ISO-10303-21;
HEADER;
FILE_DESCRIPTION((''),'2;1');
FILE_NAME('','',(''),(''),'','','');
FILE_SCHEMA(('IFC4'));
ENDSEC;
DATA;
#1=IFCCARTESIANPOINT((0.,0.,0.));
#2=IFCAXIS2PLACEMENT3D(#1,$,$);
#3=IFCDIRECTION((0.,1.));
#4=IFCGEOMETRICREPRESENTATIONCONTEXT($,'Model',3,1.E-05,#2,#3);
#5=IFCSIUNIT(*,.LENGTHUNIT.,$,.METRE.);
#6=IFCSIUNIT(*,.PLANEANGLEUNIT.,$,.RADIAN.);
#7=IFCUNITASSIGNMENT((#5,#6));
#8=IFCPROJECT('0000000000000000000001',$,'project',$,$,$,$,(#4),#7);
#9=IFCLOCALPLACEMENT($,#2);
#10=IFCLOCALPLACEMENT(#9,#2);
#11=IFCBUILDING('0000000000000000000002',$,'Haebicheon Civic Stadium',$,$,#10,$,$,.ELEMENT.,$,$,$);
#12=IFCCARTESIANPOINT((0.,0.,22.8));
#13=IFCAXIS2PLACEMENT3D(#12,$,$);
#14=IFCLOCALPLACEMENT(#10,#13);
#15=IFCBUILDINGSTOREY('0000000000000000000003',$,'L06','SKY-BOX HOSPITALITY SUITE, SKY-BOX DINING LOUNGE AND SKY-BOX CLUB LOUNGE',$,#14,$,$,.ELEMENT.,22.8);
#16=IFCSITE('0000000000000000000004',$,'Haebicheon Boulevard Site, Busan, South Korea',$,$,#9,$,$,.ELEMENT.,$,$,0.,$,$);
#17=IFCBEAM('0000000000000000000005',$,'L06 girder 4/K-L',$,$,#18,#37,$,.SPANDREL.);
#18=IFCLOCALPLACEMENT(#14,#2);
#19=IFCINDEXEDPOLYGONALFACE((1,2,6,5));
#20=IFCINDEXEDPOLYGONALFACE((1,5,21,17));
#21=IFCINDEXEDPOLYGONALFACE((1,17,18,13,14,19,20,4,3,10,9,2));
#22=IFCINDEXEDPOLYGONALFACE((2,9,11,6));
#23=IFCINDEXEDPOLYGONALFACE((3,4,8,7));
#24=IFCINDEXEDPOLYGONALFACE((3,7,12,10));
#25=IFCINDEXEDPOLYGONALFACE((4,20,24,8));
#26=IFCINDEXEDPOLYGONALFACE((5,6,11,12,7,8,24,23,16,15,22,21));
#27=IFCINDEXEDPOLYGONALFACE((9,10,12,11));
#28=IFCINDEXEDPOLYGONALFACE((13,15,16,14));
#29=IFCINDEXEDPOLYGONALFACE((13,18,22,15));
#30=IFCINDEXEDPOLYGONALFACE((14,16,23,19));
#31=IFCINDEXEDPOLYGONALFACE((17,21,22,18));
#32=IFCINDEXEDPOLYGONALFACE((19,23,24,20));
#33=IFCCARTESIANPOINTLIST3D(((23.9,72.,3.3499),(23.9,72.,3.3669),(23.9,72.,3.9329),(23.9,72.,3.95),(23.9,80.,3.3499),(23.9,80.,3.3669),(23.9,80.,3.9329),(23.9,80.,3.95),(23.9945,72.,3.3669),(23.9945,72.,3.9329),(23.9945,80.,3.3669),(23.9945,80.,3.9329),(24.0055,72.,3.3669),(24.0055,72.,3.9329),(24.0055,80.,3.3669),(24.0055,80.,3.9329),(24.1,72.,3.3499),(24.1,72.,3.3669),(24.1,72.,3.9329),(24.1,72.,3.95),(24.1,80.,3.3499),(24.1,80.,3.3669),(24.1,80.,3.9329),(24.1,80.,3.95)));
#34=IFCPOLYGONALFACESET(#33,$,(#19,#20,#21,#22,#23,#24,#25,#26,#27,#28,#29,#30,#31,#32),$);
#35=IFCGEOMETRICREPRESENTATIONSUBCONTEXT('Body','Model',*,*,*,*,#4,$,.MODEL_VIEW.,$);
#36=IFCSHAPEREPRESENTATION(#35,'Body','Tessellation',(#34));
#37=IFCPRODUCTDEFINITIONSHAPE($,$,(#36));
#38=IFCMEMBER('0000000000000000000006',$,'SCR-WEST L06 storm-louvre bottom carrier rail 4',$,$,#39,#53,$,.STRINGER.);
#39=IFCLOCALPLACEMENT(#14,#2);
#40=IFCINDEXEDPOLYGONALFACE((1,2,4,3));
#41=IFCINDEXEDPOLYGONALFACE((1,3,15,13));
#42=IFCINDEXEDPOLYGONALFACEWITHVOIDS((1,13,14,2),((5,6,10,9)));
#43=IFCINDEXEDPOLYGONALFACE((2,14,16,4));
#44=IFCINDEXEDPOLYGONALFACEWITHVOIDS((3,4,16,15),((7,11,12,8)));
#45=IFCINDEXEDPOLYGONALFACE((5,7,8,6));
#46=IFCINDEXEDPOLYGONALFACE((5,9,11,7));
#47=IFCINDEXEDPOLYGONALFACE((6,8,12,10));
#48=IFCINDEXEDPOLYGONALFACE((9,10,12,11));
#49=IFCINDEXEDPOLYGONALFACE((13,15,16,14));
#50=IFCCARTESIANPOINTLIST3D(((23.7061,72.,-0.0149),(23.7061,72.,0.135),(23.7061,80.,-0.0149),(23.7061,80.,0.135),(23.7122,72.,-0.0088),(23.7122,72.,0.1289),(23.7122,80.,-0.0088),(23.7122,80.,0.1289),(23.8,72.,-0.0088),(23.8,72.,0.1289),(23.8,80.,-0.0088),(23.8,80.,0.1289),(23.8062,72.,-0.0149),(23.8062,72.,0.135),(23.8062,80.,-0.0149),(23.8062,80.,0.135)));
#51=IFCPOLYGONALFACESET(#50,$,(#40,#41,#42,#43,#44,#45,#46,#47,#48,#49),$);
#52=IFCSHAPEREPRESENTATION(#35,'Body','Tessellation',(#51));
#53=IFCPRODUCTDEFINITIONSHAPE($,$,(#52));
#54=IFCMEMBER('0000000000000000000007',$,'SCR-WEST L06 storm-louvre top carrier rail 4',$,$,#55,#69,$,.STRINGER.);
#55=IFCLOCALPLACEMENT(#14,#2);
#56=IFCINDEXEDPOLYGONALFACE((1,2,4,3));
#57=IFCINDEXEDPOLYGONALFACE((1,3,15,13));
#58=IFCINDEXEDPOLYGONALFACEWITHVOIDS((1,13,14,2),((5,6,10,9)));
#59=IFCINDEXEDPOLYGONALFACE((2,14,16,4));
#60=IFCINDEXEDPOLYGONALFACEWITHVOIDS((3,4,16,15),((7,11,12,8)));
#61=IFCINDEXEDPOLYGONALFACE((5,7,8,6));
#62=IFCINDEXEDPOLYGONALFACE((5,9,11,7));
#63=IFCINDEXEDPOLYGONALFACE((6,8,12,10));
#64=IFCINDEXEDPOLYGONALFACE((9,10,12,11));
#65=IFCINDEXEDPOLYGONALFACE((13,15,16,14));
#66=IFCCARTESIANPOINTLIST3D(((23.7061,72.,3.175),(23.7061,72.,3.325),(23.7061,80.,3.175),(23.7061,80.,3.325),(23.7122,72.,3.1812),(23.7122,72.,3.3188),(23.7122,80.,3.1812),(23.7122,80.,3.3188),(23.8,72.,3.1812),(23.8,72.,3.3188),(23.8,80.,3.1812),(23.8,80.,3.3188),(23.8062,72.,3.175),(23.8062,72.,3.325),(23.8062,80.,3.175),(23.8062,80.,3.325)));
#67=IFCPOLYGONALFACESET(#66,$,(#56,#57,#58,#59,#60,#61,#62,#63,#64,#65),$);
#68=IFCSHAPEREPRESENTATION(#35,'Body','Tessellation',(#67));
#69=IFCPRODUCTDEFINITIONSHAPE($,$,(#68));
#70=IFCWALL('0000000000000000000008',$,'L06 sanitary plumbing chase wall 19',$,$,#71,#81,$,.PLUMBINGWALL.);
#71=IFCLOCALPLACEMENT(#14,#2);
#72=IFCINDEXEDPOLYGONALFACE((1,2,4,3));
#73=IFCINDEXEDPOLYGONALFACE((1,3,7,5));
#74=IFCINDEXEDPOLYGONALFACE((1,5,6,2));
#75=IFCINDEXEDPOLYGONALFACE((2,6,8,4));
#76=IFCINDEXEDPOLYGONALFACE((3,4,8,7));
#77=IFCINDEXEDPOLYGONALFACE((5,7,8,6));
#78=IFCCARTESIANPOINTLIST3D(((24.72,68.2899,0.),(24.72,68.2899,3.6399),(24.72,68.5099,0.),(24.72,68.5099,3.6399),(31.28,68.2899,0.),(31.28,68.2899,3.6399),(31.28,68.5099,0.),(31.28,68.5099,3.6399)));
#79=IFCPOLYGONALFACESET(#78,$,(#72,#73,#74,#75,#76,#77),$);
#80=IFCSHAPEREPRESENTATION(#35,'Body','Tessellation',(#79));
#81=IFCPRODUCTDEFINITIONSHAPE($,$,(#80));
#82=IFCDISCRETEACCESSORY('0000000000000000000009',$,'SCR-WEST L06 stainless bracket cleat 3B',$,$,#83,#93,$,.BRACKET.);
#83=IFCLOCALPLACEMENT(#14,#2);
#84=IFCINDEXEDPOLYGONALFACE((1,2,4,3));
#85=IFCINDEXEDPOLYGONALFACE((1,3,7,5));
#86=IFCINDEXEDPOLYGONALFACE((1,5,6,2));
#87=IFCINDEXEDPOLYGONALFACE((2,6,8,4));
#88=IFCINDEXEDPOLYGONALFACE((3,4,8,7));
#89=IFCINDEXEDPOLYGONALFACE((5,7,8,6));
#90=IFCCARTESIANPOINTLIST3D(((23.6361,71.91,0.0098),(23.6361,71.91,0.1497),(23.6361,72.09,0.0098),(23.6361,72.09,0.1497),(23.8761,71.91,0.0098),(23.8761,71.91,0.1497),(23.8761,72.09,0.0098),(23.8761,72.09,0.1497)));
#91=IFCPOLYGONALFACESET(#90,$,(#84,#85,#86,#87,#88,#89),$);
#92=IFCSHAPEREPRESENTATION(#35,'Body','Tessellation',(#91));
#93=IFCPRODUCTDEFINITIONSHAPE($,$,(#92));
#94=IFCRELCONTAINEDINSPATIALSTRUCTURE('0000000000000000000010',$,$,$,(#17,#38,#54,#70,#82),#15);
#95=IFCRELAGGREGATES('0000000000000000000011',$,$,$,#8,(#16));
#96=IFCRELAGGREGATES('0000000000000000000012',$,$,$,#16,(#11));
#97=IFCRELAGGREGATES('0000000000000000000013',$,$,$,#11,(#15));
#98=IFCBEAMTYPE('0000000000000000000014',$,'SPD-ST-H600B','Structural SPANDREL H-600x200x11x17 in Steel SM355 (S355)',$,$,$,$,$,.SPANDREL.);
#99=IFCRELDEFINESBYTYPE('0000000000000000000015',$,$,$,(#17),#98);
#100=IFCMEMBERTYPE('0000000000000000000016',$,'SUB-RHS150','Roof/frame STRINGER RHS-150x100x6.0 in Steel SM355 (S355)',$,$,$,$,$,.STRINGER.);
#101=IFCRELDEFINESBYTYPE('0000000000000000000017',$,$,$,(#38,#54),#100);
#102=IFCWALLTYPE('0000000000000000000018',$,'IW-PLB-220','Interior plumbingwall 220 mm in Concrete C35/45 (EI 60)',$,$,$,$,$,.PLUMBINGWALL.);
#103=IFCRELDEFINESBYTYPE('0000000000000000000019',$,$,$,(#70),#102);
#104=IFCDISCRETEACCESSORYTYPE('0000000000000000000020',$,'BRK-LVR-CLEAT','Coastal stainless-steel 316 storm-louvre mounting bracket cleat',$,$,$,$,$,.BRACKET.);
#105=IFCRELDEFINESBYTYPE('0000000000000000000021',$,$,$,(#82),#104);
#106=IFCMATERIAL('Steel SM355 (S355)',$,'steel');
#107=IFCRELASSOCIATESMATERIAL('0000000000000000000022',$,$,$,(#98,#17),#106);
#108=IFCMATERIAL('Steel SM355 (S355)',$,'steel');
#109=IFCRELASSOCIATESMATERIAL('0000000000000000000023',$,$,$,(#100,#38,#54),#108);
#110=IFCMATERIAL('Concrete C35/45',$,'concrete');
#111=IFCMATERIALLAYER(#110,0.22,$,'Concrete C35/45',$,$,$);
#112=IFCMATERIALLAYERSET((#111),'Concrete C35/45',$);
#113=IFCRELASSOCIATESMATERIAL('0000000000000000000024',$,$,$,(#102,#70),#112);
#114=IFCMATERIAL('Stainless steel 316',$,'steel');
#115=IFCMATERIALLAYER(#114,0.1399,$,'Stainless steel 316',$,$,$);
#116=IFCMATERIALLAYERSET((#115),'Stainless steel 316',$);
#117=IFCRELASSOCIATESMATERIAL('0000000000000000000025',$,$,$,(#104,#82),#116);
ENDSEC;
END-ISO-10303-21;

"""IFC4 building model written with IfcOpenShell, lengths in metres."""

from ifc_helpers import new_model, si_unit, direction, frame, frame_2d, origin, origin_2d, place, context, subcontext, project, spatial, rectangle, hollow_rectangle, i_section, extrude, material, layer, layer_set, material_profile, profile_set, type_object, element, save


model = new_model("IFC4")

# Units and contexts
model_context = context("Model", 3, precision=1e-05, world=origin(), true_north=direction((0.0, 1.0)))
body_context = subcontext(model_context, "Body", "Model", "MODEL_VIEW")
ifc_project = project(units=[si_unit("LENGTHUNIT", "METRE"), si_unit("PLANEANGLEUNIT", "RADIAN")], contexts=[model_context])

# Site, building, storey
site_placement = place(None, origin())
site = spatial("IfcSite", under=ifc_project, at=site_placement, Name="Haebicheon Boulevard Site, Busan, South Korea", CompositionType="ELEMENT", RefElevation=0.0)
building_placement = place(site_placement, origin())
building = spatial("IfcBuilding", under=site, at=building_placement, Name="Haebicheon Civic Stadium", CompositionType="ELEMENT")
storey_placement = place(building_placement, frame((0.0, 0.0, 22.8)))
storey = spatial("IfcBuildingStorey", under=building, at=storey_placement, Name="L06", Description="SKY-BOX HOSPITALITY SUITE, SKY-BOX DINING LOUNGE AND SKY-BOX CLUB LOUNGE", CompositionType="ELEMENT", Elevation=22.8)

# Beam
ifc_material_1 = material(Name="Steel SM355 (S355)", Category="steel")
ifc_material_profile_1 = material_profile(ifc_material_1, i_section(OverallWidth=0.2, OverallDepth=0.6001, WebThickness=0.011, FlangeThickness=0.0171, at=origin_2d()), Name="H-600x200x11x17")
ifc_profile_set_1 = profile_set([ifc_material_profile_1], Name="Steel SM355 (S355)")
beam_type_1 = type_object("IfcBeamType", Name="SPD-ST-H600B", Description="Structural SPANDREL H-600x200x11x17 in Steel SM355 (S355)", PredefinedType="SPANDREL", material=ifc_profile_set_1)
beam_1_placement = place(storey_placement, frame((24.0, 72.0, 3.6499), z_axis=(0.0, 1.0, 0.0), x_axis=(-1.0, 0.0, 0.0)))
element("IfcBeam", 1, at=beam_1_placement, inside=storey, type_object=beam_type_1, material=ifc_profile_set_1, Name="L06 girder 4/K-L", PredefinedType="SPANDREL", context=body_context, shape_type="SweptSolid", body=[
    extrude(i_section(OverallWidth=0.2, OverallDepth=0.6001, WebThickness=0.011, FlangeThickness=0.0171, at=origin_2d()), origin(), (0.0, 0.0, 1.0), 8.0),
])

# Members
ifc_material_2 = material(Name="Steel SM355 (S355)", Category="steel")
ifc_material_profile_2 = material_profile(ifc_material_2, hollow_rectangle(XDim=0.1001, YDim=0.1499, WallThickness=0.0061, at=origin_2d()), Name="RHS-150x100x6.0")
ifc_profile_set_2 = profile_set([ifc_material_profile_2], Name="Steel SM355 (S355)")
member_type_1 = type_object("IfcMemberType", Name="SUB-RHS150", Description="Roof/frame STRINGER RHS-150x100x6.0 in Steel SM355 (S355)", PredefinedType="STRINGER", material=ifc_profile_set_2)
for number, where, z_axis, x_axis, name in (
    (2, (23.7561, 72.0, 0.0601), (0.0, 1.0, 0.0), (-1.0, 0.0, 0.0), "SCR-WEST L06 storm-louvre bottom carrier rail 4"),
    (3, (23.7561, 72.0, 3.25), (0.0, 1.0, 0.0), (-1.0, 0.0, 0.0), "SCR-WEST L06 storm-louvre top carrier rail 4"),
):
    element("IfcMember", number, at=place(storey_placement, frame(where, z_axis=z_axis, x_axis=x_axis)), inside=storey, type_object=member_type_1, material=ifc_profile_set_2, Name=name, PredefinedType="STRINGER", context=body_context, shape_type="SweptSolid", body=[
        extrude(hollow_rectangle(XDim=0.1001, YDim=0.1499, WallThickness=0.0061, at=origin_2d()), origin(), (0.0, 0.0, 1.0), 8.0),
    ])

# Wall
ifc_material_3 = material(Name="Concrete C35/45", Category="concrete")
ifc_layer_1 = layer(ifc_material_3, 0.22, Name="Concrete C35/45")
ifc_layer_set_1 = layer_set([ifc_layer_1], Name="Concrete C35/45")
wall_type = type_object("IfcWallType", Name="IW-PLB-220", Description="Interior plumbingwall 220 mm in Concrete C35/45 (EI 60)", PredefinedType="PLUMBINGWALL", material=ifc_layer_set_1)
wall_placement = place(storey_placement, frame((24.72, 68.3999, 0.0), z_axis=(0.0, 0.0, 1.0), x_axis=(1.0, 0.0, 0.0)))
element("IfcWall", 4, at=wall_placement, inside=storey, type_object=wall_type, material=ifc_layer_set_1, Name="L06 sanitary plumbing chase wall 19", PredefinedType="PLUMBINGWALL", context=body_context, shape_type="SweptSolid", body=[
    extrude(rectangle(XDim=6.5601, YDim=0.22, at=frame_2d((3.28, 0.0))), origin(), (0.0, 0.0, 1.0), 3.6399),
])

# Discrete accessory
ifc_material_4 = material(Name="Stainless steel 316", Category="steel")
ifc_layer_2 = layer(ifc_material_4, 0.1399, Name="Stainless steel 316")
ifc_layer_set_2 = layer_set([ifc_layer_2], Name="Stainless steel 316")
discrete_accessory_type = type_object("IfcDiscreteAccessoryType", Name="BRK-LVR-CLEAT", Description="Coastal stainless-steel 316 storm-louvre mounting bracket cleat", PredefinedType="BRACKET", material=ifc_layer_set_2)
discrete_accessory_placement = place(storey_placement, frame((23.7561, 72.0, 0.0098), z_axis=(0.0, 0.0, 1.0), x_axis=(1.0, 0.0, 0.0)))
element("IfcDiscreteAccessory", 5, at=discrete_accessory_placement, inside=storey, type_object=discrete_accessory_type, material=ifc_layer_set_2, Name="SCR-WEST L06 stainless bracket cleat 3B", PredefinedType="BRACKET", context=body_context, shape_type="SweptSolid", body=[
    extrude(rectangle(XDim=0.24, YDim=0.1799, at=origin_2d()), origin(), (0.0, 0.0, 1.0), 0.1399),
])

save(model, "model.ifc")
